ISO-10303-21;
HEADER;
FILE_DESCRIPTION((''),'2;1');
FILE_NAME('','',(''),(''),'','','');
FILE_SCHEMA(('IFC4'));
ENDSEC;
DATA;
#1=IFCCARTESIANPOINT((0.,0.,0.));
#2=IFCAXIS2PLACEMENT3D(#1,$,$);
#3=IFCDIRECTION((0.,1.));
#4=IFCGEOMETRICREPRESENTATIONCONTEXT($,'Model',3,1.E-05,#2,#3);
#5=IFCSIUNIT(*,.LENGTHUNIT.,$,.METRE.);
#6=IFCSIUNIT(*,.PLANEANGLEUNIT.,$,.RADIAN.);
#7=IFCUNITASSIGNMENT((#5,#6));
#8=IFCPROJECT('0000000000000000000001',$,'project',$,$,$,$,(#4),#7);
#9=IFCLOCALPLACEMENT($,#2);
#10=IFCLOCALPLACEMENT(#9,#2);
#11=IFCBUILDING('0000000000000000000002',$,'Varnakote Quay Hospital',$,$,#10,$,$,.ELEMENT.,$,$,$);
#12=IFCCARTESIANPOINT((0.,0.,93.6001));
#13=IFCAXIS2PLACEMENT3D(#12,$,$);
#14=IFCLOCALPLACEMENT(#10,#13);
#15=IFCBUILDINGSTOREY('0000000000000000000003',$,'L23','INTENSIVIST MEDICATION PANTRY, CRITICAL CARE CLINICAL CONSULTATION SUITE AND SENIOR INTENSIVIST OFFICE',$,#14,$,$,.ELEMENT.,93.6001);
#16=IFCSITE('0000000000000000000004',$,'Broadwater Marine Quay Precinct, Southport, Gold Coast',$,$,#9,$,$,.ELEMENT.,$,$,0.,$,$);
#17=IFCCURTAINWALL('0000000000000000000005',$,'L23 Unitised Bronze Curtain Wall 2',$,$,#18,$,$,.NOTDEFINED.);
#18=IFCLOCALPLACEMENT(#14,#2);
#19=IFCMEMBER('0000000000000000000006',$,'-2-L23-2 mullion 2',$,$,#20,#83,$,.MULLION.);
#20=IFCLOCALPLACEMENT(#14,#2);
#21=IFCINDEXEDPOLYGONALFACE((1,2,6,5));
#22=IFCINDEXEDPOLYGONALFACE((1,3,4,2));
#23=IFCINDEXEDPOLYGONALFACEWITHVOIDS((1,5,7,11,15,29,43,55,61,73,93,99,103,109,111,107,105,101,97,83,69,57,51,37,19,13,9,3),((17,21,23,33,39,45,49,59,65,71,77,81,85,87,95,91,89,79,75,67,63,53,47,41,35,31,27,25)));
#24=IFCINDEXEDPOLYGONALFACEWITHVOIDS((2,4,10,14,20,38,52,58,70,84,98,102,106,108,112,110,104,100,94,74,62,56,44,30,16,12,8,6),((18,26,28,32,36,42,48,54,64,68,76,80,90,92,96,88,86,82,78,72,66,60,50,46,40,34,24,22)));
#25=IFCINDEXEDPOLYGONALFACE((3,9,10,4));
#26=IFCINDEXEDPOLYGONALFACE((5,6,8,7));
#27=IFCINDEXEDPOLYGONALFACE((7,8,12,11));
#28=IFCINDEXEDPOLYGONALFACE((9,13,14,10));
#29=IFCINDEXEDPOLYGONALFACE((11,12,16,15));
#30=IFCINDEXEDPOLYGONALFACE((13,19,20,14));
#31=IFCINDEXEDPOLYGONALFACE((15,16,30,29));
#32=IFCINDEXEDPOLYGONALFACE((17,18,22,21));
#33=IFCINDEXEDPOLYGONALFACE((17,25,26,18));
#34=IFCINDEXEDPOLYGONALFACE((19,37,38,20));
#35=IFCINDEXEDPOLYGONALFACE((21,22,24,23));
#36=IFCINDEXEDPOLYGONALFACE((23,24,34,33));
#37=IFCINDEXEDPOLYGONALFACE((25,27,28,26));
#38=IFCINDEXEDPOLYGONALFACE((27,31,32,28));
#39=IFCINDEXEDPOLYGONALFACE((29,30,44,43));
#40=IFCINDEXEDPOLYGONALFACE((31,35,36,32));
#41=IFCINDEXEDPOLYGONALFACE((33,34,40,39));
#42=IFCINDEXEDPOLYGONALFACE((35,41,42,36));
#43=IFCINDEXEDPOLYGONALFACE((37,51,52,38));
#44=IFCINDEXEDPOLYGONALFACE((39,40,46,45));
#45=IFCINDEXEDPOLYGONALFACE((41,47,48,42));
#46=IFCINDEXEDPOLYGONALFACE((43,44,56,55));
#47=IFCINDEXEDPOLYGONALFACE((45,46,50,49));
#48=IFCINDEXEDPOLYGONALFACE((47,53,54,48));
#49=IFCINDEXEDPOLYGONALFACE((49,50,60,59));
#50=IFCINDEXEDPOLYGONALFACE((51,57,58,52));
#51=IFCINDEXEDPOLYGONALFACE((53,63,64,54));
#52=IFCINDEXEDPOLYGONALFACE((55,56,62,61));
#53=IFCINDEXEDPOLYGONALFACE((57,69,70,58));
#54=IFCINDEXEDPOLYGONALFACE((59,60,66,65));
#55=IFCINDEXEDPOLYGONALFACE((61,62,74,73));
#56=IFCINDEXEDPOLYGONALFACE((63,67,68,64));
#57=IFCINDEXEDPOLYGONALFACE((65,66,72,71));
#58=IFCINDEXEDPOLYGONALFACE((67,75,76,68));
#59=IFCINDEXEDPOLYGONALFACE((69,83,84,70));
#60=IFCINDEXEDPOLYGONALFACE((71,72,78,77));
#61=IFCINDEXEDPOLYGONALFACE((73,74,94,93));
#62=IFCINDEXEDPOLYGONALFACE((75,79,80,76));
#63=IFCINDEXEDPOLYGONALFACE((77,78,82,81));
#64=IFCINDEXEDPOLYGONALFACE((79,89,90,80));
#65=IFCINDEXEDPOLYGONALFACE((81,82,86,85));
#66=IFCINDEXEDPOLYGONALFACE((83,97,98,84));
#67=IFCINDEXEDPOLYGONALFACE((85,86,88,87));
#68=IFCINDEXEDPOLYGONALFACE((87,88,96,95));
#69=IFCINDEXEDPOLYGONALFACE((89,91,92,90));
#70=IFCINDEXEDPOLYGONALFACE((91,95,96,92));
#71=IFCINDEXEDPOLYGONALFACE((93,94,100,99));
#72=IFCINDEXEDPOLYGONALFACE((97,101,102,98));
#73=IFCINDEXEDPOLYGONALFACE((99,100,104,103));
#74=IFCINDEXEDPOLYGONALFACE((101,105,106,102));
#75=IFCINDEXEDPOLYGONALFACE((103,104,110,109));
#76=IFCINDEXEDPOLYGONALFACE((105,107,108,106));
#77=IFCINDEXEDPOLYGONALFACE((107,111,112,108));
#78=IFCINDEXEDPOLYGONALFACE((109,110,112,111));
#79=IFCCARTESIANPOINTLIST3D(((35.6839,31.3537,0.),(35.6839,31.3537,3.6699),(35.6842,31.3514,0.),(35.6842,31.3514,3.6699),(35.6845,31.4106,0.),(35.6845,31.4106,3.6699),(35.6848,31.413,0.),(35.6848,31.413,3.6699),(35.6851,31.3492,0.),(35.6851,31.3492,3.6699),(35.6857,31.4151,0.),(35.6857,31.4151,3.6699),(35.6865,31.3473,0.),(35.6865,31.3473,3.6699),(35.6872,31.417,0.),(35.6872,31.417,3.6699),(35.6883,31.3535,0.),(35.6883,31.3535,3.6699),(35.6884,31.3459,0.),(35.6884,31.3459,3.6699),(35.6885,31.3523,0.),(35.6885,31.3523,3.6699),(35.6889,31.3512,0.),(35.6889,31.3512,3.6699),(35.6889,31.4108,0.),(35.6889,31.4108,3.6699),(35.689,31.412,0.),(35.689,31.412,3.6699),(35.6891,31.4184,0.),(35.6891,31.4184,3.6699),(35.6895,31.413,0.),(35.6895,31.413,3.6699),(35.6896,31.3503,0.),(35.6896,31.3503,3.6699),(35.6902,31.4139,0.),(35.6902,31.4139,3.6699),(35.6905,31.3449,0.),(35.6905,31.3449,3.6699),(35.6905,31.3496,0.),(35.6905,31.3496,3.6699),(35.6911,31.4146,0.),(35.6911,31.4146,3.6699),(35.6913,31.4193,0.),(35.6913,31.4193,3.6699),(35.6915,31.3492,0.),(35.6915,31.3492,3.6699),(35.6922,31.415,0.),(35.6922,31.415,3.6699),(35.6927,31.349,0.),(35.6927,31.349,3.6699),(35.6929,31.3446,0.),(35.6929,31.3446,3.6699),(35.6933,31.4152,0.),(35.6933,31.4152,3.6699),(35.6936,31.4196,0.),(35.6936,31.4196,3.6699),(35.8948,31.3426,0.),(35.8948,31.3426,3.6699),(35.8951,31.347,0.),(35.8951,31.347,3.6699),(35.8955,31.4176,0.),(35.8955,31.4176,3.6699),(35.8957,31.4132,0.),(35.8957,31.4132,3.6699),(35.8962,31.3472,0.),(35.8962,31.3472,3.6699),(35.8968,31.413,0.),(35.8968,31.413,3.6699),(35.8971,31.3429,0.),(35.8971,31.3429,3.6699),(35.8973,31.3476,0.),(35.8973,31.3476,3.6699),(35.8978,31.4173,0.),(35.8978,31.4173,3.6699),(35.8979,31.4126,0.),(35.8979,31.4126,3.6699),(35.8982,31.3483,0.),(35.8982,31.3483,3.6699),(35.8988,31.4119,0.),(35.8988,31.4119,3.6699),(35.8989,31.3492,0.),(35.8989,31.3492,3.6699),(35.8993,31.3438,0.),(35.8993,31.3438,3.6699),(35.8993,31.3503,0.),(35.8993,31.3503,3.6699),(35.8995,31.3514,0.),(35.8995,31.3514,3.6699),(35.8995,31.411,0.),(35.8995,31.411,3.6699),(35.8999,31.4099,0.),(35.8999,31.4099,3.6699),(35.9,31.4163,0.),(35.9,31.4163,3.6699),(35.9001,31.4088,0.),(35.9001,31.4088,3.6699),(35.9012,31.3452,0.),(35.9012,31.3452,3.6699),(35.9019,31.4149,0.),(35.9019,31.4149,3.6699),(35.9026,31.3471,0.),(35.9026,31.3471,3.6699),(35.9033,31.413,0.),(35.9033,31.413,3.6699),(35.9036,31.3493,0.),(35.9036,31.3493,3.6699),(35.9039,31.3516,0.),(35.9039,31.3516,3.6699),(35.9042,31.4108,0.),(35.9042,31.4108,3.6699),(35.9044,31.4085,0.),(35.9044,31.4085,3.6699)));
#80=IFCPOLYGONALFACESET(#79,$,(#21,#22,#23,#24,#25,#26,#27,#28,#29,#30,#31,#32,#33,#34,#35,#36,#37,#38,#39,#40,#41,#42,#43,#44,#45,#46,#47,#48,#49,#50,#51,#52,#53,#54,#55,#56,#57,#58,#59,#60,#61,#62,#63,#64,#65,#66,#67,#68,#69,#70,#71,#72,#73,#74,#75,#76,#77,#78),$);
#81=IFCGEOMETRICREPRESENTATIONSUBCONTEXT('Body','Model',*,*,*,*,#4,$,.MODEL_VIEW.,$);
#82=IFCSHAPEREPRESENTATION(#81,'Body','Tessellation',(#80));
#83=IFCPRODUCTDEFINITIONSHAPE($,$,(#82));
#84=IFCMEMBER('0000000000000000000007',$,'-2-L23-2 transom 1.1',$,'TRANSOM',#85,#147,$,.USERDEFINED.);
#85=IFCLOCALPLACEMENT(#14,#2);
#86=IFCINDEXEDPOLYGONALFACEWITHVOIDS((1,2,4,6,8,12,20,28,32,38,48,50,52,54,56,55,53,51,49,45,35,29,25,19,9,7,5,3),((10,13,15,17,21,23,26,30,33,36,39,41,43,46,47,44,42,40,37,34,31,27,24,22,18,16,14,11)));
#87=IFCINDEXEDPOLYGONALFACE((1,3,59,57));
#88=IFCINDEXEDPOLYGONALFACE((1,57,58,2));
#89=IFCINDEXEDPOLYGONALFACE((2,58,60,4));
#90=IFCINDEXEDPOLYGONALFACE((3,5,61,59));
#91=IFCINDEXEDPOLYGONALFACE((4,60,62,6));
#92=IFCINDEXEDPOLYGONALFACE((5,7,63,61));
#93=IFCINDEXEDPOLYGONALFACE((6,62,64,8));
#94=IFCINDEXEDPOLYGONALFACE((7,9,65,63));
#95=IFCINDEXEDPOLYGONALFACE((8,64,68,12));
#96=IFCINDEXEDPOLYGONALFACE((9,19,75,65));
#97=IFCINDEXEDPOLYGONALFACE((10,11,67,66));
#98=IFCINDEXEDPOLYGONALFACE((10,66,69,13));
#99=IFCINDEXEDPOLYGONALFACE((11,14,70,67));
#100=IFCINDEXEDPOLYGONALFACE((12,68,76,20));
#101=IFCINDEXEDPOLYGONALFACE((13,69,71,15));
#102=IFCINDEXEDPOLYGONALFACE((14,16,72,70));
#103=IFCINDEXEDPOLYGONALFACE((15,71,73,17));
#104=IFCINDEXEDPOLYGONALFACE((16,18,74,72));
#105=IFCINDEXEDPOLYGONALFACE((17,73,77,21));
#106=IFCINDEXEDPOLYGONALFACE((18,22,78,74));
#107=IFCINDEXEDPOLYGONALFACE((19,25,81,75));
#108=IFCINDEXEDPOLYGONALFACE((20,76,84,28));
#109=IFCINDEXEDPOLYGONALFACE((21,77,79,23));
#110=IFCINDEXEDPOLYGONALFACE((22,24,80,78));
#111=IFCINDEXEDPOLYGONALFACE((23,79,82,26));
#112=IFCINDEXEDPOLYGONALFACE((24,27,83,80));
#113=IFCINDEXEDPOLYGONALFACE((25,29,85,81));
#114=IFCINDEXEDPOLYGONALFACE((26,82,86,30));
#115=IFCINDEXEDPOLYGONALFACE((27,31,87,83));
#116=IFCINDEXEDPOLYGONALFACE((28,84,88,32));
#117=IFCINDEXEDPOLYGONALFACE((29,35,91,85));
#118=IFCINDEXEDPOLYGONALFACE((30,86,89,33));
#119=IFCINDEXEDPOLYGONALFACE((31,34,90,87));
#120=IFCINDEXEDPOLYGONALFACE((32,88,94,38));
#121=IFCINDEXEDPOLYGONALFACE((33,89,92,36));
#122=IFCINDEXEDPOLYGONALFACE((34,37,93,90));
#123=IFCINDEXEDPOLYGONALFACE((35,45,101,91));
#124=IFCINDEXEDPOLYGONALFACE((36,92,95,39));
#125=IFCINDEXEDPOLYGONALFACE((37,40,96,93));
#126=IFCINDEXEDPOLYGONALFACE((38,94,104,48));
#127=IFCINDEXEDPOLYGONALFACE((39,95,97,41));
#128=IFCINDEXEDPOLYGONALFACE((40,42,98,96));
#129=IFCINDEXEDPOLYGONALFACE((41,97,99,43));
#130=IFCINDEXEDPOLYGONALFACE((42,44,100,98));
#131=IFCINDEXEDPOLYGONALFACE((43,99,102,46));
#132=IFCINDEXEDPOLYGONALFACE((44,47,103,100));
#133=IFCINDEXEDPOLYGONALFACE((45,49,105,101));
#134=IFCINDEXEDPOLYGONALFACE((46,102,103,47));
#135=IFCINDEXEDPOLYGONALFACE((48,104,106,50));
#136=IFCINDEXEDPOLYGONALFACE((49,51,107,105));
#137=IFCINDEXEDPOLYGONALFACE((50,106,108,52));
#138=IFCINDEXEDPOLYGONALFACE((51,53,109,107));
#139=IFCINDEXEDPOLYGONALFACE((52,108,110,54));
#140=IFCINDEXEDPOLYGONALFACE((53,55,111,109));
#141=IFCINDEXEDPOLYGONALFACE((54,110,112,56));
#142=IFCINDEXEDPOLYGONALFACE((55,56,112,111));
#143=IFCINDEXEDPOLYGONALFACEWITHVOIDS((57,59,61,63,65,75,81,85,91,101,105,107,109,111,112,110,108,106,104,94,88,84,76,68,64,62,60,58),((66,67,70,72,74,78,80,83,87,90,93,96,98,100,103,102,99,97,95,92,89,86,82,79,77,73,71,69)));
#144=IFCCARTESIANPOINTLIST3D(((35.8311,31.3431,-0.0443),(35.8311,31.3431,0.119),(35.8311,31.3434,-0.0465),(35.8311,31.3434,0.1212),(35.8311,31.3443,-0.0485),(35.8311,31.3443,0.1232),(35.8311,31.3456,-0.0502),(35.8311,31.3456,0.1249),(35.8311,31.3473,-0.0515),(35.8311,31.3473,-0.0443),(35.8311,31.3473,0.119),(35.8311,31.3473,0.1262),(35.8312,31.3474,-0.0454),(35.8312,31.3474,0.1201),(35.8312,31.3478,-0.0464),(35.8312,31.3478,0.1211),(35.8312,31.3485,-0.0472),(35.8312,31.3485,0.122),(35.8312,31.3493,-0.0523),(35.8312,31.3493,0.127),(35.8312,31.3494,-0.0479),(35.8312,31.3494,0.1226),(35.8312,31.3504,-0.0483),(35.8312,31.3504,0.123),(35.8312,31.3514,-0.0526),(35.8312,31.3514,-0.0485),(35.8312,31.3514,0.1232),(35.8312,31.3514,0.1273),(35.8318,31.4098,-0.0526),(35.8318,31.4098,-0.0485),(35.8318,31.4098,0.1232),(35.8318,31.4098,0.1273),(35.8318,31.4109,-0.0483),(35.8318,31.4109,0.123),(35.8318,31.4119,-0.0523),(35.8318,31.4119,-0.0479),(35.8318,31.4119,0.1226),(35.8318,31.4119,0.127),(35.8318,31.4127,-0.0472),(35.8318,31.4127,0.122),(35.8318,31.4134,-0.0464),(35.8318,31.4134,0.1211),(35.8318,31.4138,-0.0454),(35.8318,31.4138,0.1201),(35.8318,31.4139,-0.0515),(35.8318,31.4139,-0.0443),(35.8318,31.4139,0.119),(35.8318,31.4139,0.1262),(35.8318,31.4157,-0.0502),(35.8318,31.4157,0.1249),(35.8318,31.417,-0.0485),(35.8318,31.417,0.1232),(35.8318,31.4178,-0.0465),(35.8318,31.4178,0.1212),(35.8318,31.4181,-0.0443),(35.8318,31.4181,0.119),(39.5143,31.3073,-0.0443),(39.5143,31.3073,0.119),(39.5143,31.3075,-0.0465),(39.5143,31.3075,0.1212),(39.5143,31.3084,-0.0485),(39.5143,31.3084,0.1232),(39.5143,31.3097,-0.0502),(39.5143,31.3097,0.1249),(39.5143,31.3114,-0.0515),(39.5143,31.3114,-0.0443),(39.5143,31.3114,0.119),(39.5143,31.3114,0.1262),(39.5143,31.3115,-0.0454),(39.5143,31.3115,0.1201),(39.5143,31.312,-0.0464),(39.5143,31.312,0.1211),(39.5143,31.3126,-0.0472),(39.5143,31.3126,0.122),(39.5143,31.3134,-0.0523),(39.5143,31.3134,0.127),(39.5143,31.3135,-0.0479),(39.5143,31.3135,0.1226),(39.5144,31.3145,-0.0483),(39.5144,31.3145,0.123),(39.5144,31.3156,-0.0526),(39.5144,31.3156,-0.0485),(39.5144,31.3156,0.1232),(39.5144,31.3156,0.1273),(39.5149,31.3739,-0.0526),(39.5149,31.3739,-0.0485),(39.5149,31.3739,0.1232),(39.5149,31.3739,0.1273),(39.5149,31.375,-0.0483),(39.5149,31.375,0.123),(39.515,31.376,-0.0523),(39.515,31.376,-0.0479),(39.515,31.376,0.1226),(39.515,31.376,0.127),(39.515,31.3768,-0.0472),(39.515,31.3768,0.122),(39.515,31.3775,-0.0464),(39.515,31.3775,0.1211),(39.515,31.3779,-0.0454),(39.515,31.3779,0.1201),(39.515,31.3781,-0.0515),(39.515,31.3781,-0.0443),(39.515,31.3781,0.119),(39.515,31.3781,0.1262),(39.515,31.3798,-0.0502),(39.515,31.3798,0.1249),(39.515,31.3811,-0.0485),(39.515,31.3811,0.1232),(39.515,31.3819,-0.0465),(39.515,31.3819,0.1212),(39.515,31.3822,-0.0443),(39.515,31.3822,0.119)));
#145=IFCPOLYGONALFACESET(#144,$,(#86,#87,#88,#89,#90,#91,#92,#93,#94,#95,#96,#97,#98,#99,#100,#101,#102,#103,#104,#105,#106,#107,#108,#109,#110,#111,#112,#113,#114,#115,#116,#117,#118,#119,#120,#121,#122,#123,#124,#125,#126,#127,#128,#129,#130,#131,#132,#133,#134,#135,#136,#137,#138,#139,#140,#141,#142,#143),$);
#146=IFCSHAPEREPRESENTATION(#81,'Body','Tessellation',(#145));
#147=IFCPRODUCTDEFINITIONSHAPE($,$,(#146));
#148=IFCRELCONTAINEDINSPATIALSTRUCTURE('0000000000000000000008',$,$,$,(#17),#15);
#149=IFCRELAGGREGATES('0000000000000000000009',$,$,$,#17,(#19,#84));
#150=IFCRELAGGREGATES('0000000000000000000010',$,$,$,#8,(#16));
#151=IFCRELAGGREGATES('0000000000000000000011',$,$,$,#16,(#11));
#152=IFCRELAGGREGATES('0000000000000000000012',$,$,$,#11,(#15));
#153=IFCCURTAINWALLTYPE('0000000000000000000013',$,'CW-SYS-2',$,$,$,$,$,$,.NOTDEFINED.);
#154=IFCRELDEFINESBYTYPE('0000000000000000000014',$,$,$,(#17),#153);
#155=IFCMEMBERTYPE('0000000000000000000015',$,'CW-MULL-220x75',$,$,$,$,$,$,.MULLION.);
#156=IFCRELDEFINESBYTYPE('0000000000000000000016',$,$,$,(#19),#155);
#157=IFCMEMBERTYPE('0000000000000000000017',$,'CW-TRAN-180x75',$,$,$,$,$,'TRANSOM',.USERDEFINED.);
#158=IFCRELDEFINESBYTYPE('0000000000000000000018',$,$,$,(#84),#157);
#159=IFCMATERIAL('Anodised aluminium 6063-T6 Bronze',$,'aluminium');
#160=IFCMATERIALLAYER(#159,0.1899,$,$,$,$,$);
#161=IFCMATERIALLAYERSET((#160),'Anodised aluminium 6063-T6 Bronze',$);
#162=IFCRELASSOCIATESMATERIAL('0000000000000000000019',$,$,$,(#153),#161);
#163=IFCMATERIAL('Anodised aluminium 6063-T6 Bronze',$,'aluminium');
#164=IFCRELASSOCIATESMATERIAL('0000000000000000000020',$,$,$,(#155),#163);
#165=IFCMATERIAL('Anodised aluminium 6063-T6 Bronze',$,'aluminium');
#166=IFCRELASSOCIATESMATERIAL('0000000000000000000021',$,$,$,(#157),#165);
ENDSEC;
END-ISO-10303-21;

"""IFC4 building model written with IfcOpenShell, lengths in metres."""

from ifc_helpers import new_model, si_unit, direction, frame, origin, origin_2d, place, context, subcontext, project, spatial, hollow_rectangle, extrude, material, layer, layer_set, material_profile, profile_set, type_object, element, aggregate, save


model = new_model("IFC4")

# Units and contexts
model_context = context("Model", 3, precision=1e-05, world=origin(), true_north=direction((0.0, 1.0)))
body_context = subcontext(model_context, "Body", "Model", "MODEL_VIEW")
ifc_project = project(units=[si_unit("LENGTHUNIT", "METRE"), si_unit("PLANEANGLEUNIT", "RADIAN")], contexts=[model_context])

# Site, building, storey
site_placement = place(None, origin())
site = spatial("IfcSite", under=ifc_project, at=site_placement, Name="Broadwater Marine Quay Precinct, Southport, Gold Coast", CompositionType="ELEMENT", RefElevation=0.0)
building_placement = place(site_placement, origin())
building = spatial("IfcBuilding", under=site, at=building_placement, Name="Varnakote Quay Hospital", CompositionType="ELEMENT")
storey_placement = place(building_placement, frame((0.0, 0.0, 93.6001)))
storey = spatial("IfcBuildingStorey", under=building, at=storey_placement, Name="L23", Description="INTENSIVIST MEDICATION PANTRY, CRITICAL CARE CLINICAL CONSULTATION SUITE AND SENIOR INTENSIVIST OFFICE", CompositionType="ELEMENT", Elevation=93.6001)

# Shared definitions
ifc_material_1 = material(Name="Anodised aluminium 6063-T6 Bronze", Category="aluminium")
ifc_layer_1 = layer(ifc_material_1, 0.1899)
ifc_layer_set_1 = layer_set([ifc_layer_1], Name="Anodised aluminium 6063-T6 Bronze")
curtain_wall_type = type_object("IfcCurtainWallType", Name="CW-SYS-2", PredefinedType="NOTDEFINED", material=ifc_layer_set_1)
ifc_material_2 = material(Name="Anodised aluminium 6063-T6 Bronze", Category="aluminium")
ifc_material_profile_1 = material_profile(ifc_material_2, hollow_rectangle(XDim=0.075, YDim=0.22, WallThickness=0.0044, InnerFilletRadius=0.0044, OuterFilletRadius=0.009, at=origin_2d()), Name="CW-MULL-220x75")
ifc_profile_set_1 = profile_set([ifc_material_profile_1], Name="Anodised aluminium 6063-T6 Bronze")
member_type_1 = type_object("IfcMemberType", Name="CW-MULL-220x75", PredefinedType="MULLION", material=ifc_profile_set_1)

# Curtain wall, members
curtain_wall_1_placement = place(storey_placement, origin())
curtain_wall_1 = element("IfcCurtainWall", 1, at=curtain_wall_1_placement, inside=storey, type_object=curtain_wall_type, Name="L23 Unitised Bronze Curtain Wall 2", PredefinedType="NOTDEFINED")
member_1_placement = place(storey_placement, frame((35.7942, 31.3811, 0.0), z_axis=(0.0, 0.0, 1.0), x_axis=(-0.009774, -0.999952, 0.0)))
member_1 = element("IfcMember", 2, at=member_1_placement, type_object=member_type_1, Name="-2-L23-2 mullion 2", PredefinedType="MULLION", context=body_context, shape_type="SweptSolid", body=[
    extrude(hollow_rectangle(XDim=0.075, YDim=0.22, WallThickness=0.0044, InnerFilletRadius=0.0044, OuterFilletRadius=0.009, at=origin_2d()), origin(), (0.0, 0.0, 1.0), 3.6699),
])
ifc_material_3 = material(Name="Anodised aluminium 6063-T6 Bronze", Category="aluminium")
ifc_material_profile_2 = material_profile(ifc_material_3, hollow_rectangle(XDim=0.075, YDim=0.1799, WallThickness=0.0042, InnerFilletRadius=0.0042, OuterFilletRadius=0.0083, at=origin_2d()), Name="CW-TRAN-180x75")
ifc_profile_set_2 = profile_set([ifc_material_profile_2], Name="Anodised aluminium 6063-T6 Bronze")
member_type_2 = type_object("IfcMemberType", Name="CW-TRAN-180x75", ElementType="TRANSOM", PredefinedType="USERDEFINED", material=ifc_profile_set_2)
member_2_placement = place(storey_placement, frame((39.5146, 31.3447, 0.0374), z_axis=(-0.999953, 0.009744, 0.0), x_axis=(-0.009744, -0.999953, 0.0)))
member_2 = element("IfcMember", 3, at=member_2_placement, type_object=member_type_2, Name="-2-L23-2 transom 1.1", ObjectType="TRANSOM", PredefinedType="USERDEFINED", context=body_context, shape_type="SweptSolid", body=[
    extrude(hollow_rectangle(XDim=0.075, YDim=0.1799, WallThickness=0.0042, InnerFilletRadius=0.0042, OuterFilletRadius=0.0083, at=origin_2d()), origin(), (0.0, 0.0, 1.0), 3.6833),
])

aggregate(curtain_wall_1, [member_1, member_2])

save(model, "model.ifc")
